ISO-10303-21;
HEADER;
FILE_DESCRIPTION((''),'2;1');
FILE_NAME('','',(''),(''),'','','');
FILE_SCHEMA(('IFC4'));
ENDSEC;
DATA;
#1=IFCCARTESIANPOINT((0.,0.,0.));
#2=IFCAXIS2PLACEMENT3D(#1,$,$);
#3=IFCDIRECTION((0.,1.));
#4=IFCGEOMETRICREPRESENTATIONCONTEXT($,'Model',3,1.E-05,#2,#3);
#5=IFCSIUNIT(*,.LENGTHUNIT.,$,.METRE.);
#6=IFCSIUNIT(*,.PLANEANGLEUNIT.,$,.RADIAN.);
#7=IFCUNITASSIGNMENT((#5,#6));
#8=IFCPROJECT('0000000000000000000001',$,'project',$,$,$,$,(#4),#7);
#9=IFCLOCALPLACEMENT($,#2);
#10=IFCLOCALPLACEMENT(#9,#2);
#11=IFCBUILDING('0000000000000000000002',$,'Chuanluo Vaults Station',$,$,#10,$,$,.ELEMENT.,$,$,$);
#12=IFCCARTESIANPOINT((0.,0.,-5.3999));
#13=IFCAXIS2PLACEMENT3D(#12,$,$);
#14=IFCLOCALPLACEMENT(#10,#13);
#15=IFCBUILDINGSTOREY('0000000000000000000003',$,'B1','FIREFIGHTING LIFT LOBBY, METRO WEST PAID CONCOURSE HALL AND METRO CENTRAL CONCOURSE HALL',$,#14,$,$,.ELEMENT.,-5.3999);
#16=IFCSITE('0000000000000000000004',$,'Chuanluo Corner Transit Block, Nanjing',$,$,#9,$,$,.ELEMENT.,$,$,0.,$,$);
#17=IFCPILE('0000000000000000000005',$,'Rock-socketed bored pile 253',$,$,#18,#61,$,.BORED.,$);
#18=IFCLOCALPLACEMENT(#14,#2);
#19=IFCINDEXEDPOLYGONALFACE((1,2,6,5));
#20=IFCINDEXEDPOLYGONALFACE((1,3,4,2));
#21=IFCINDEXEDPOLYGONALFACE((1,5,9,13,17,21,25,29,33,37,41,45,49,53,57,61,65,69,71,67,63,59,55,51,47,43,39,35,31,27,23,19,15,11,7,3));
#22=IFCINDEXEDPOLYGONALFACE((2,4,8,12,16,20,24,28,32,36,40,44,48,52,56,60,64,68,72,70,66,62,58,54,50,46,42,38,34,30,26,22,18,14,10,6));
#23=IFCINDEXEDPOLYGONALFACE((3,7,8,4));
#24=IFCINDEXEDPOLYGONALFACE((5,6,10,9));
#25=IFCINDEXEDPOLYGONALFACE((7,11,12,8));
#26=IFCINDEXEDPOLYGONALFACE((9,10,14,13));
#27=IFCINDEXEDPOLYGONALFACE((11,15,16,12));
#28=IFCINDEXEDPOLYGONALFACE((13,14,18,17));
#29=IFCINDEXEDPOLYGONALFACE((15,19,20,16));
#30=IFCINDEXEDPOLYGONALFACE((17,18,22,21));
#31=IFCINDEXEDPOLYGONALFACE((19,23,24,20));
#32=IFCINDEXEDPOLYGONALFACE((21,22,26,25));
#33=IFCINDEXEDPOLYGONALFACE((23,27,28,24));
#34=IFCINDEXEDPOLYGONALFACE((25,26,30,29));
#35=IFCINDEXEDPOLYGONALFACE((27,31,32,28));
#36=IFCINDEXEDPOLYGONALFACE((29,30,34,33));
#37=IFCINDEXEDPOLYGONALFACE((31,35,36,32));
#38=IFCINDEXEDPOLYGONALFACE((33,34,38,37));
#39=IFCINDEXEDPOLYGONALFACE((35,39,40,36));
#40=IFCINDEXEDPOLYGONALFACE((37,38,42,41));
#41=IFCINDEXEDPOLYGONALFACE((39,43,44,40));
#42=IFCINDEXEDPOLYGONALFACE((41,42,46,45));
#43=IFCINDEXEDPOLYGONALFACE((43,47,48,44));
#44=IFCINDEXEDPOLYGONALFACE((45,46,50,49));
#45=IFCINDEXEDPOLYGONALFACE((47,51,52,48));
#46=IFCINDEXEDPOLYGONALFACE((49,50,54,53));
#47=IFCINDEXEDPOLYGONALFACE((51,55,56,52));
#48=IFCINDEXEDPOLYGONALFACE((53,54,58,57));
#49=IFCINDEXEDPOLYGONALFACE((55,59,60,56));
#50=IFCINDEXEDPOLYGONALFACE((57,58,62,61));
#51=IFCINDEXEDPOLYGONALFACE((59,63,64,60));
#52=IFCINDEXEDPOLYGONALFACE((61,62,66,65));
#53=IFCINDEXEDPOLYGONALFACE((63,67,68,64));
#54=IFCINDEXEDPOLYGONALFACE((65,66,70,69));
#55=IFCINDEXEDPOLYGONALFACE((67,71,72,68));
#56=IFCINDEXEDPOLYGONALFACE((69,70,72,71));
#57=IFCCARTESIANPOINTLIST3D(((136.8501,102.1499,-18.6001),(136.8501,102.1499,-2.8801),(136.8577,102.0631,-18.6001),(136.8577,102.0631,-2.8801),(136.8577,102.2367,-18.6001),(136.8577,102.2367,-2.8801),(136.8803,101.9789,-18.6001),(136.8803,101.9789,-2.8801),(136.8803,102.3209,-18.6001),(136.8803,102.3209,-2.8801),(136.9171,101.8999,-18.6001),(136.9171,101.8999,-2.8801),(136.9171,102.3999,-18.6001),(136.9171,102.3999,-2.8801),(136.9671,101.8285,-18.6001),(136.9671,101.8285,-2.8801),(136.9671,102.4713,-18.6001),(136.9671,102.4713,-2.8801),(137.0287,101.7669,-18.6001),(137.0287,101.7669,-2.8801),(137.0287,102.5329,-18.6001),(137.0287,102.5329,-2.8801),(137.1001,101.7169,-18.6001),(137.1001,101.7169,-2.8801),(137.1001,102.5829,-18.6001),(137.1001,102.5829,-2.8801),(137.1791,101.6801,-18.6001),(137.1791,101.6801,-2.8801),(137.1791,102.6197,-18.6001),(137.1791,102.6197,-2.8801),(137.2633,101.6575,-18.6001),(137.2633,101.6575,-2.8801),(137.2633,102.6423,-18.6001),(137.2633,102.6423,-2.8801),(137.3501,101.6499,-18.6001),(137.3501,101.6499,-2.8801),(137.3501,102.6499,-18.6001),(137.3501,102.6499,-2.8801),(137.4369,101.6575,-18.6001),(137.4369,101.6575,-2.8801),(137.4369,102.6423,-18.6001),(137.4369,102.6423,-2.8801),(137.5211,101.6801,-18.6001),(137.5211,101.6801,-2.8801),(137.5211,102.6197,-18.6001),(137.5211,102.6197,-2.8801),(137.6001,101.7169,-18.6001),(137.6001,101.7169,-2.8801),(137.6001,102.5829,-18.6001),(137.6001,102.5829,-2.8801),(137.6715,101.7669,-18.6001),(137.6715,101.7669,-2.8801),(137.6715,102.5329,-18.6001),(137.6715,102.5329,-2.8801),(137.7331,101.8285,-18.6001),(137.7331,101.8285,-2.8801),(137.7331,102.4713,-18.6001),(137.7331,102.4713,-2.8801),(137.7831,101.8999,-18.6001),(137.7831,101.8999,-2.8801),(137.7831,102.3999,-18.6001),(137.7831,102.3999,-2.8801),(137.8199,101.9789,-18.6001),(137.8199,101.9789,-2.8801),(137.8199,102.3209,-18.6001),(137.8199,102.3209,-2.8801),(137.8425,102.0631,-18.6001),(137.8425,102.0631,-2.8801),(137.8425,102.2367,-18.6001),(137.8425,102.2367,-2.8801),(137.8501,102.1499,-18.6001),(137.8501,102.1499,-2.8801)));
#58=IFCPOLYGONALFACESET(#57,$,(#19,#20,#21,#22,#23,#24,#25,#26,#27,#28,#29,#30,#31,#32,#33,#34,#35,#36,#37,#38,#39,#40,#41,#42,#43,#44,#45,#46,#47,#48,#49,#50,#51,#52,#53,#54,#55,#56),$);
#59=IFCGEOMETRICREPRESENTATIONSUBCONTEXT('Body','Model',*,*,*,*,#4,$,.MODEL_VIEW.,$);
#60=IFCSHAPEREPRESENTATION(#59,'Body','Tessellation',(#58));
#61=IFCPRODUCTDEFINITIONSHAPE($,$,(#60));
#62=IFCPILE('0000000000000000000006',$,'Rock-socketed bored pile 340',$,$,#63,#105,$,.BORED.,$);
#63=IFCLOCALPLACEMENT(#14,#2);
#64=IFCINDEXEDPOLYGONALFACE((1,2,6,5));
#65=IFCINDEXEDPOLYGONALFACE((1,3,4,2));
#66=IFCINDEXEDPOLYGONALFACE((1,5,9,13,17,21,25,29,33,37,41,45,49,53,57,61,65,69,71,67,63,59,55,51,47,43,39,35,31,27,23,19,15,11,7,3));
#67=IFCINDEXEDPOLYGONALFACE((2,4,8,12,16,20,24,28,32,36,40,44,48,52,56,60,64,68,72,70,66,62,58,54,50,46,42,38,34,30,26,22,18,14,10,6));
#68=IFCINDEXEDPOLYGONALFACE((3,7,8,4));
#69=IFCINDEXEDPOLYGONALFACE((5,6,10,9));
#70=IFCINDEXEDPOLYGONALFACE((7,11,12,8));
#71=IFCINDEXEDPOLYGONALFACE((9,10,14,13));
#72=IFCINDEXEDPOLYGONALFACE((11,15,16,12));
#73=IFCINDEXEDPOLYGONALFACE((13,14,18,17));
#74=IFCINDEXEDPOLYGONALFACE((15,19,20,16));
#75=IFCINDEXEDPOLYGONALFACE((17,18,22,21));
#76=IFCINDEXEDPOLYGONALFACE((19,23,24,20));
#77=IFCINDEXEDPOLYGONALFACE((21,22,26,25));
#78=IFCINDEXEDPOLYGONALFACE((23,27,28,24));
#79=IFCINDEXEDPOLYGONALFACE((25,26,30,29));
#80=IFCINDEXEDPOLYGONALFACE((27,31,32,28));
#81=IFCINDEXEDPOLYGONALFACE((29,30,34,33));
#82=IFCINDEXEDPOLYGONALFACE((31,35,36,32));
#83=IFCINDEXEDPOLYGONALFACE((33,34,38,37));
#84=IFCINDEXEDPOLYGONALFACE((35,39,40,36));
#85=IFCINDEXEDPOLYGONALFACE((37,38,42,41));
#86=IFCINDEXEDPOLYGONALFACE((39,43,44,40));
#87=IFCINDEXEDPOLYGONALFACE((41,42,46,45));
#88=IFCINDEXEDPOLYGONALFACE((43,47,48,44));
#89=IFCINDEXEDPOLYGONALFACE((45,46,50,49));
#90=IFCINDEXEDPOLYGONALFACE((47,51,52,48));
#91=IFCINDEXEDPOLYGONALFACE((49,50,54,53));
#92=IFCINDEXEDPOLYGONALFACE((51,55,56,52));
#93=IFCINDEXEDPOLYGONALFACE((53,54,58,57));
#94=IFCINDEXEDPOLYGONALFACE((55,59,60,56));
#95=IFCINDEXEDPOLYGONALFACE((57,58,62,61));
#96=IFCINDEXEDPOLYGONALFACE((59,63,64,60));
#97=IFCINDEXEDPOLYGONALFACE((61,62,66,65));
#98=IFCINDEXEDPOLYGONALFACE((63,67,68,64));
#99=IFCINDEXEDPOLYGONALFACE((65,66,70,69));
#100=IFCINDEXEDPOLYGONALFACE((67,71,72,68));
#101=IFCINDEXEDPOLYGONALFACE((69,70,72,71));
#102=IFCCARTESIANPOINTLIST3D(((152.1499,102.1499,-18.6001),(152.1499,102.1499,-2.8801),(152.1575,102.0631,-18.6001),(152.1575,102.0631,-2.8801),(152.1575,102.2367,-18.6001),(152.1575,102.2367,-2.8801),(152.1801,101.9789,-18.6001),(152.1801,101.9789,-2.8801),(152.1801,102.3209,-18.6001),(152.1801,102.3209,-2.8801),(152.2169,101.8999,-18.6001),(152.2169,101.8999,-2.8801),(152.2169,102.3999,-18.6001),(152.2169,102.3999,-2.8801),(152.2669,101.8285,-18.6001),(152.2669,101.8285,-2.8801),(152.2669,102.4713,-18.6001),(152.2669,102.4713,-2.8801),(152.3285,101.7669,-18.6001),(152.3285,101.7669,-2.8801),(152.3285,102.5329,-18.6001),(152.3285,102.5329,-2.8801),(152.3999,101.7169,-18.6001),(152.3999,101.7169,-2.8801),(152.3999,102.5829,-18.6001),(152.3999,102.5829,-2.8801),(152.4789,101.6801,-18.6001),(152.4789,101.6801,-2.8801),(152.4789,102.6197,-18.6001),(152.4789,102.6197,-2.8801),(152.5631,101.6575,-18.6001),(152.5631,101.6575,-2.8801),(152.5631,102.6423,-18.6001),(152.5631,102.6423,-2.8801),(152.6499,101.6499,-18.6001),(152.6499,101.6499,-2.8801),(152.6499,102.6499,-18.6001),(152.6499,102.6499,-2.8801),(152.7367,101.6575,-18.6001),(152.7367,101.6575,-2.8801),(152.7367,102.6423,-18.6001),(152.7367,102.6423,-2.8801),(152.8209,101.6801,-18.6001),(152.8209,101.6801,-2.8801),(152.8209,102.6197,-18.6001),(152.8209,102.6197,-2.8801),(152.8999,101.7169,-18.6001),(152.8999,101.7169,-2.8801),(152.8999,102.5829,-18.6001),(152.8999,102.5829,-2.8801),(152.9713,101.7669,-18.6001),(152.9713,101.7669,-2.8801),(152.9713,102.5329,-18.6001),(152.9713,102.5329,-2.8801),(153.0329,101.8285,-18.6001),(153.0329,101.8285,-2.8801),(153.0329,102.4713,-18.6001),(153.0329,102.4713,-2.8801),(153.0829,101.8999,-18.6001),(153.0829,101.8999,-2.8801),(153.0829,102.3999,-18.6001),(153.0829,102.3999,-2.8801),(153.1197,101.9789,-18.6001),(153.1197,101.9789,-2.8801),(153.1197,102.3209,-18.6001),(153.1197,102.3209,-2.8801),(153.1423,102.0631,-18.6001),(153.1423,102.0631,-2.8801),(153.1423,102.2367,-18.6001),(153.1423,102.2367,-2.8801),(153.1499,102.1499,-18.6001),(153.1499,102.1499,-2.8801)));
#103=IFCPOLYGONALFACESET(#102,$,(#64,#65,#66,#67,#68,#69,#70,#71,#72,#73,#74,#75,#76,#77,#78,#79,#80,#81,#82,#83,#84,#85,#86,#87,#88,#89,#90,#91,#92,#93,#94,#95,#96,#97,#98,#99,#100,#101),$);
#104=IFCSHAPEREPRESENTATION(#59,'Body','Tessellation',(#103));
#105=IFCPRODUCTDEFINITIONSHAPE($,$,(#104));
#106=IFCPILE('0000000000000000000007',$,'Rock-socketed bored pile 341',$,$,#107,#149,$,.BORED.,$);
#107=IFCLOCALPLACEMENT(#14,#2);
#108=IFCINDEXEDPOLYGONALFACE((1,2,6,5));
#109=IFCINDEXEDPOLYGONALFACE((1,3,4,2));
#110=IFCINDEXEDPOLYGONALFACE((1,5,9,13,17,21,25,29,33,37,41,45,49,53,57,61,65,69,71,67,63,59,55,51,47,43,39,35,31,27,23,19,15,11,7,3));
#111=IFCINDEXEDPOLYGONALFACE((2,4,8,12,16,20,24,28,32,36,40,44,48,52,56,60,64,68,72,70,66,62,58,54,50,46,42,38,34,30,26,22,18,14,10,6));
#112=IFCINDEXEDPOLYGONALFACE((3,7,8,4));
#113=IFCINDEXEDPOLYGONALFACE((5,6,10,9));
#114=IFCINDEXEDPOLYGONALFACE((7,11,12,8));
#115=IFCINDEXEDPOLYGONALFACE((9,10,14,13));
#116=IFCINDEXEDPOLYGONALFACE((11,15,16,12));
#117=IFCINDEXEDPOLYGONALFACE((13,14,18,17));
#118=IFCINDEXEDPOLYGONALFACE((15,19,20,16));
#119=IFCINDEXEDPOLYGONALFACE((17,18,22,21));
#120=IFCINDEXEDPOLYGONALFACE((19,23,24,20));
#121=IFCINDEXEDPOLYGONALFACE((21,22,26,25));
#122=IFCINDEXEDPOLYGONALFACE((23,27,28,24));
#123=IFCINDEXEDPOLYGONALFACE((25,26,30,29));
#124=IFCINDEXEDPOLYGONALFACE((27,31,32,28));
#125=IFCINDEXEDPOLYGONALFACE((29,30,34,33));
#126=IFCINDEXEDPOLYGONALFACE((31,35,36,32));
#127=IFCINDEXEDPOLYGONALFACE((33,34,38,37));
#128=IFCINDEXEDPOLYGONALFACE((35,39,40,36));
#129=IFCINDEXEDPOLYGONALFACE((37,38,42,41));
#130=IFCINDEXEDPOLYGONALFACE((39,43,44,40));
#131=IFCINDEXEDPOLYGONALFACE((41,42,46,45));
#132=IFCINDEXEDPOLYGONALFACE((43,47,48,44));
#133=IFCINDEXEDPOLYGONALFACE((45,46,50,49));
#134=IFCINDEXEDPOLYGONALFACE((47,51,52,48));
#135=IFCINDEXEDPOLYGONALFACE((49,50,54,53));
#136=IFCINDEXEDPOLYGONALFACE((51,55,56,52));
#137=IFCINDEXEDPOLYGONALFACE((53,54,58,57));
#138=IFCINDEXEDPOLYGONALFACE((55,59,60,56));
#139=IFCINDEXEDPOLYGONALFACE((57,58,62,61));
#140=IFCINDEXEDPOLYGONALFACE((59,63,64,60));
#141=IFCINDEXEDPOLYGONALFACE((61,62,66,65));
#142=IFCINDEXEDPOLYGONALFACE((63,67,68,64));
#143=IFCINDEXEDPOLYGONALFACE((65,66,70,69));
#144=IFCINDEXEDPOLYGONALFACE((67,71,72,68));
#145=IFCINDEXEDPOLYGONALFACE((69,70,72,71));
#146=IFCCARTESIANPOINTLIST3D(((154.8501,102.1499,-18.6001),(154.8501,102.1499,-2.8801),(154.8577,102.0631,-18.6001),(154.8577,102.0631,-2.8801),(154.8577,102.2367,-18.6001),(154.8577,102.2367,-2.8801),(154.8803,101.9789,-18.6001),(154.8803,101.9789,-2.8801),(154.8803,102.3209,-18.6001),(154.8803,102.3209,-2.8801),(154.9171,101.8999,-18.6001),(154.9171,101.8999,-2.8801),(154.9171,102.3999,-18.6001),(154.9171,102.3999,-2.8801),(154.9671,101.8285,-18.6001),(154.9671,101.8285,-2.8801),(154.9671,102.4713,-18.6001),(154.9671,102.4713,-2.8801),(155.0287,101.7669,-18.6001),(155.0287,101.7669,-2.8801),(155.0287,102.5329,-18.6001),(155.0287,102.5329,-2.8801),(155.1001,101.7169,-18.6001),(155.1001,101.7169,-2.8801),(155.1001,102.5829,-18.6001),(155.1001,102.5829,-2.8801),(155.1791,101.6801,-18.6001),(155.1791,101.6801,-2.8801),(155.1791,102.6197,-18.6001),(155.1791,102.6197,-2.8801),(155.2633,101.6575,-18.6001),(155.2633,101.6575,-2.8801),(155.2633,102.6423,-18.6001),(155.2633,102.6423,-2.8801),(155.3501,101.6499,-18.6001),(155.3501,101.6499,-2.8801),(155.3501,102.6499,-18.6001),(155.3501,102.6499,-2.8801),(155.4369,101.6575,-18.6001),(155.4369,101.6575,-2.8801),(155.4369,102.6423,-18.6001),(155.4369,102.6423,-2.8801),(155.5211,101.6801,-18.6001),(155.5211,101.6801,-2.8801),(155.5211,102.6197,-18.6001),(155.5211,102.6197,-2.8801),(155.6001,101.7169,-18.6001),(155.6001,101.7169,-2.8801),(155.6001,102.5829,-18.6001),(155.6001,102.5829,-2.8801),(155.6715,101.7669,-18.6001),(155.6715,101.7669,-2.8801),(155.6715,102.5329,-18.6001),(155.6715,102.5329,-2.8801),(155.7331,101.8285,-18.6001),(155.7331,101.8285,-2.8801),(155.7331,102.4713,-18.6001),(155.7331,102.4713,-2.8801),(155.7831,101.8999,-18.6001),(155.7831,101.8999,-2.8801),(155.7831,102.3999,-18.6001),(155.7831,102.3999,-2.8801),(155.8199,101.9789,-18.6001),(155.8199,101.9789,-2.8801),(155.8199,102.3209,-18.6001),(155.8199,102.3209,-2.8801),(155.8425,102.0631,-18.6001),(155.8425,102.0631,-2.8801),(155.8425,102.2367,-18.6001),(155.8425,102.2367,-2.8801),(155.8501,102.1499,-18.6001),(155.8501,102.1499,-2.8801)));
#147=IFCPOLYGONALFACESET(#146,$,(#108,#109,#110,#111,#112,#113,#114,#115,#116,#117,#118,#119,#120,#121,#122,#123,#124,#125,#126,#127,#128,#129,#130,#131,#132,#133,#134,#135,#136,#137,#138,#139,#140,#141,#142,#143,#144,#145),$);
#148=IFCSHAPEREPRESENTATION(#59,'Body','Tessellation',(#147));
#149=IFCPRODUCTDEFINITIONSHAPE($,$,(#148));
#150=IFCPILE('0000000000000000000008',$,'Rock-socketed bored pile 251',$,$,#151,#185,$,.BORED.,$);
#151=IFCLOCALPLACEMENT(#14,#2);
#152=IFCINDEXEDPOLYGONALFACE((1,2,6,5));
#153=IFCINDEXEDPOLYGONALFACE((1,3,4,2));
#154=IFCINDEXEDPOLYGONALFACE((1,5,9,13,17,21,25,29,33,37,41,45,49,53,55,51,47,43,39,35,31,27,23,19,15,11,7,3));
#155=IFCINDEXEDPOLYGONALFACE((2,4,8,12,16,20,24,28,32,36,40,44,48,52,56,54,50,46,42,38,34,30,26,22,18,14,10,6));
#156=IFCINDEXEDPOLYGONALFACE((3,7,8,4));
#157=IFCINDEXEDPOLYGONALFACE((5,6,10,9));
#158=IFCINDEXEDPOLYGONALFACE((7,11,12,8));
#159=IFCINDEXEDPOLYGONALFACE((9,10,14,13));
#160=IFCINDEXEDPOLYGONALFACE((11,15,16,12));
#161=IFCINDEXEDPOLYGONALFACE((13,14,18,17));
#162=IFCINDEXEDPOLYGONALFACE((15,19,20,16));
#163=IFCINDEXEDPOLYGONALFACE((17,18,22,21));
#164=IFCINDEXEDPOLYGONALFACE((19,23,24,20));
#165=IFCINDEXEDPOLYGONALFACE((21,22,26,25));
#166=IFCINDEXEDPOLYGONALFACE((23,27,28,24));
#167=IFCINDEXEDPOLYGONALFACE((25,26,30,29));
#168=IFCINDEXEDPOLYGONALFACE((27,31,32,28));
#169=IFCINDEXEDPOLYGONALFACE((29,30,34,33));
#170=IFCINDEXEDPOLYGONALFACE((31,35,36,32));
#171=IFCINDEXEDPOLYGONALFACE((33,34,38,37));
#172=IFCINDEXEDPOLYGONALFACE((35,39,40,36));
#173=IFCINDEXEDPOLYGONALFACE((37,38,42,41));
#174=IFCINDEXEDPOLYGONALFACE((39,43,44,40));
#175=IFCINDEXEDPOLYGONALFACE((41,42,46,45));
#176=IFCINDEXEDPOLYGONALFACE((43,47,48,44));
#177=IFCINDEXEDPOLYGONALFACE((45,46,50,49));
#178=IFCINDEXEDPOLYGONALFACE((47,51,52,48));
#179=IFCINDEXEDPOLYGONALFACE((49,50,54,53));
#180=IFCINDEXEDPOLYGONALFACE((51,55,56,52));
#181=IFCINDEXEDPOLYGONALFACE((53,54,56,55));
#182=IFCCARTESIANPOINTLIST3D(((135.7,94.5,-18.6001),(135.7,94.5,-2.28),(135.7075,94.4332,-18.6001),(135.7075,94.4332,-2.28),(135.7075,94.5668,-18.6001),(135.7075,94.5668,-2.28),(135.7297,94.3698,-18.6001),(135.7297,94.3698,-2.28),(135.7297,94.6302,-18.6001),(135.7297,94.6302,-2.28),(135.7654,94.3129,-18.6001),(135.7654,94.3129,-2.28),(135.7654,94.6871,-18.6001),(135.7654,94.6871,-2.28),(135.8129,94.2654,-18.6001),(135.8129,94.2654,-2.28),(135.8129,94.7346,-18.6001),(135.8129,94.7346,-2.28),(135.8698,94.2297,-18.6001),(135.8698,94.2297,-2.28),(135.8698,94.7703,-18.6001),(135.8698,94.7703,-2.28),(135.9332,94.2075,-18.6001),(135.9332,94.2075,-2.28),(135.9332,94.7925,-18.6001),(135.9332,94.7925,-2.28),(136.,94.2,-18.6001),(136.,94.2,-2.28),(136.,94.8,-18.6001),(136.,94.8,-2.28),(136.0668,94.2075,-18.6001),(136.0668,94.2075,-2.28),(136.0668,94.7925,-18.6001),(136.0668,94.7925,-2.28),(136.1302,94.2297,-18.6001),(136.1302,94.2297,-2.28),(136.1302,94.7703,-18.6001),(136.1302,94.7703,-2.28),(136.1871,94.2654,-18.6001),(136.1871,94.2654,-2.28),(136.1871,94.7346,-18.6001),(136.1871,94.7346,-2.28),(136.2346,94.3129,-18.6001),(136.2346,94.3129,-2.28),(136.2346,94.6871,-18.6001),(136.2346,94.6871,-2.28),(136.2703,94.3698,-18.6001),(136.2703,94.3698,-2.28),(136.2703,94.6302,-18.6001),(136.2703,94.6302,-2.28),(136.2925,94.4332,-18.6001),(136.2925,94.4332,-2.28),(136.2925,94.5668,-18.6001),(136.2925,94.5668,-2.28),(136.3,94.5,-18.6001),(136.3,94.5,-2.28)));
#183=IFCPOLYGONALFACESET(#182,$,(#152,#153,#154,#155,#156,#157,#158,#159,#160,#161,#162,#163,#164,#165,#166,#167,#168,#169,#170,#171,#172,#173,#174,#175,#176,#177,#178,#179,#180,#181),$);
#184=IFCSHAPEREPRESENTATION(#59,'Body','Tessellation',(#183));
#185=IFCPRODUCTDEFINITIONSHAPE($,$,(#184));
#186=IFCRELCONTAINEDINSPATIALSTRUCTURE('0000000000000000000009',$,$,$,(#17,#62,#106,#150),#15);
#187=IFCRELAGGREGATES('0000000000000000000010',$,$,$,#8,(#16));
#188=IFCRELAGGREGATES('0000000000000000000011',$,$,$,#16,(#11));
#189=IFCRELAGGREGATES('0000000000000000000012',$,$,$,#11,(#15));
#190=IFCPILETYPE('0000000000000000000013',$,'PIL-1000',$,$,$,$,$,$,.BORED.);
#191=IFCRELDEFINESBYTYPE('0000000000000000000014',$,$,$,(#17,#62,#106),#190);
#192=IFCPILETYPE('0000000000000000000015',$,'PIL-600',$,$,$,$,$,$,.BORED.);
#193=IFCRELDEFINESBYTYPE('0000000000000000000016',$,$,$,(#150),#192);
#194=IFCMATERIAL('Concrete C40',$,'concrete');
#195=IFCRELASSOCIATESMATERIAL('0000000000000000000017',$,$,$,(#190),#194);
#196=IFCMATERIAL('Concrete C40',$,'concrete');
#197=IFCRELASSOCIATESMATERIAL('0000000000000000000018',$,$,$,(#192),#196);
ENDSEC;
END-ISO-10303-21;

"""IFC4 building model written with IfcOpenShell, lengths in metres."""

from ifc_helpers import new_model, si_unit, direction, frame, origin, origin_2d, place, context, subcontext, project, spatial, circle, extrude, material, material_profile, profile_set, type_object, element, save


model = new_model("IFC4")

# Units and contexts
model_context = context("Model", 3, precision=1e-05, world=origin(), true_north=direction((0.0, 1.0)))
body_context = subcontext(model_context, "Body", "Model", "MODEL_VIEW")
ifc_project = project(units=[si_unit("LENGTHUNIT", "METRE"), si_unit("PLANEANGLEUNIT", "RADIAN")], contexts=[model_context])

# Site, building, storey
site_placement = place(None, origin())
site = spatial("IfcSite", under=ifc_project, at=site_placement, Name="Chuanluo Corner Transit Block, Nanjing", CompositionType="ELEMENT", RefElevation=0.0)
building_placement = place(site_placement, origin())
building = spatial("IfcBuilding", under=site, at=building_placement, Name="Chuanluo Vaults Station", CompositionType="ELEMENT")
storey_placement = place(building_placement, frame((0.0, 0.0, -5.3999)))
storey = spatial("IfcBuildingStorey", under=building, at=storey_placement, Name="B1", Description="FIREFIGHTING LIFT LOBBY, METRO WEST PAID CONCOURSE HALL AND METRO CENTRAL CONCOURSE HALL", CompositionType="ELEMENT", Elevation=-5.3999)

# Piles
ifc_material_1 = material(Name="Concrete C40", Category="concrete")
ifc_material_profile_1 = material_profile(ifc_material_1, circle(Radius=0.5, at=origin_2d()))
ifc_profile_set_1 = profile_set([ifc_material_profile_1], Name="Concrete C40")
pile_type_1 = type_object("IfcPileType", Name="PIL-1000", PredefinedType="BORED", material=ifc_profile_set_1)
for number, where, z_axis, x_axis, name in (
    (1, (137.3501, 102.1499, -2.8801), (0.0, 0.0, -1.0), (1.0, 0.0, 0.0), "Rock-socketed bored pile 253"),
    (2, (152.6499, 102.1499, -2.8801), (0.0, 0.0, -1.0), (1.0, 0.0, 0.0), "Rock-socketed bored pile 340"),
    (3, (155.3501, 102.1499, -2.8801), (0.0, 0.0, -1.0), (1.0, 0.0, 0.0), "Rock-socketed bored pile 341"),
):
    element("IfcPile", number, at=place(storey_placement, frame(where, z_axis=z_axis, x_axis=x_axis)), inside=storey, type_object=pile_type_1, Name=name, PredefinedType="BORED", context=body_context, shape_type="SweptSolid", body=[
        extrude(circle(Radius=0.5, at=origin_2d()), origin(), (0.0, 0.0, 1.0), 15.72),
    ])
ifc_material_2 = material(Name="Concrete C40", Category="concrete")
ifc_material_profile_2 = material_profile(ifc_material_2, circle(Radius=0.3, at=origin_2d()))
ifc_profile_set_2 = profile_set([ifc_material_profile_2], Name="Concrete C40")
pile_type_2 = type_object("IfcPileType", Name="PIL-600", PredefinedType="BORED", material=ifc_profile_set_2)
pile_placement = place(storey_placement, frame((136.0, 94.5, -2.28), z_axis=(0.0, 0.0, -1.0), x_axis=(1.0, 0.0, 0.0)))
element("IfcPile", 4, at=pile_placement, inside=storey, type_object=pile_type_2, Name="Rock-socketed bored pile 251", PredefinedType="BORED", context=body_context, shape_type="SweptSolid", body=[
    extrude(circle(Radius=0.3, at=origin_2d()), origin(), (0.0, 0.0, 1.0), 16.3201),
])

save(model, "model.ifc")
